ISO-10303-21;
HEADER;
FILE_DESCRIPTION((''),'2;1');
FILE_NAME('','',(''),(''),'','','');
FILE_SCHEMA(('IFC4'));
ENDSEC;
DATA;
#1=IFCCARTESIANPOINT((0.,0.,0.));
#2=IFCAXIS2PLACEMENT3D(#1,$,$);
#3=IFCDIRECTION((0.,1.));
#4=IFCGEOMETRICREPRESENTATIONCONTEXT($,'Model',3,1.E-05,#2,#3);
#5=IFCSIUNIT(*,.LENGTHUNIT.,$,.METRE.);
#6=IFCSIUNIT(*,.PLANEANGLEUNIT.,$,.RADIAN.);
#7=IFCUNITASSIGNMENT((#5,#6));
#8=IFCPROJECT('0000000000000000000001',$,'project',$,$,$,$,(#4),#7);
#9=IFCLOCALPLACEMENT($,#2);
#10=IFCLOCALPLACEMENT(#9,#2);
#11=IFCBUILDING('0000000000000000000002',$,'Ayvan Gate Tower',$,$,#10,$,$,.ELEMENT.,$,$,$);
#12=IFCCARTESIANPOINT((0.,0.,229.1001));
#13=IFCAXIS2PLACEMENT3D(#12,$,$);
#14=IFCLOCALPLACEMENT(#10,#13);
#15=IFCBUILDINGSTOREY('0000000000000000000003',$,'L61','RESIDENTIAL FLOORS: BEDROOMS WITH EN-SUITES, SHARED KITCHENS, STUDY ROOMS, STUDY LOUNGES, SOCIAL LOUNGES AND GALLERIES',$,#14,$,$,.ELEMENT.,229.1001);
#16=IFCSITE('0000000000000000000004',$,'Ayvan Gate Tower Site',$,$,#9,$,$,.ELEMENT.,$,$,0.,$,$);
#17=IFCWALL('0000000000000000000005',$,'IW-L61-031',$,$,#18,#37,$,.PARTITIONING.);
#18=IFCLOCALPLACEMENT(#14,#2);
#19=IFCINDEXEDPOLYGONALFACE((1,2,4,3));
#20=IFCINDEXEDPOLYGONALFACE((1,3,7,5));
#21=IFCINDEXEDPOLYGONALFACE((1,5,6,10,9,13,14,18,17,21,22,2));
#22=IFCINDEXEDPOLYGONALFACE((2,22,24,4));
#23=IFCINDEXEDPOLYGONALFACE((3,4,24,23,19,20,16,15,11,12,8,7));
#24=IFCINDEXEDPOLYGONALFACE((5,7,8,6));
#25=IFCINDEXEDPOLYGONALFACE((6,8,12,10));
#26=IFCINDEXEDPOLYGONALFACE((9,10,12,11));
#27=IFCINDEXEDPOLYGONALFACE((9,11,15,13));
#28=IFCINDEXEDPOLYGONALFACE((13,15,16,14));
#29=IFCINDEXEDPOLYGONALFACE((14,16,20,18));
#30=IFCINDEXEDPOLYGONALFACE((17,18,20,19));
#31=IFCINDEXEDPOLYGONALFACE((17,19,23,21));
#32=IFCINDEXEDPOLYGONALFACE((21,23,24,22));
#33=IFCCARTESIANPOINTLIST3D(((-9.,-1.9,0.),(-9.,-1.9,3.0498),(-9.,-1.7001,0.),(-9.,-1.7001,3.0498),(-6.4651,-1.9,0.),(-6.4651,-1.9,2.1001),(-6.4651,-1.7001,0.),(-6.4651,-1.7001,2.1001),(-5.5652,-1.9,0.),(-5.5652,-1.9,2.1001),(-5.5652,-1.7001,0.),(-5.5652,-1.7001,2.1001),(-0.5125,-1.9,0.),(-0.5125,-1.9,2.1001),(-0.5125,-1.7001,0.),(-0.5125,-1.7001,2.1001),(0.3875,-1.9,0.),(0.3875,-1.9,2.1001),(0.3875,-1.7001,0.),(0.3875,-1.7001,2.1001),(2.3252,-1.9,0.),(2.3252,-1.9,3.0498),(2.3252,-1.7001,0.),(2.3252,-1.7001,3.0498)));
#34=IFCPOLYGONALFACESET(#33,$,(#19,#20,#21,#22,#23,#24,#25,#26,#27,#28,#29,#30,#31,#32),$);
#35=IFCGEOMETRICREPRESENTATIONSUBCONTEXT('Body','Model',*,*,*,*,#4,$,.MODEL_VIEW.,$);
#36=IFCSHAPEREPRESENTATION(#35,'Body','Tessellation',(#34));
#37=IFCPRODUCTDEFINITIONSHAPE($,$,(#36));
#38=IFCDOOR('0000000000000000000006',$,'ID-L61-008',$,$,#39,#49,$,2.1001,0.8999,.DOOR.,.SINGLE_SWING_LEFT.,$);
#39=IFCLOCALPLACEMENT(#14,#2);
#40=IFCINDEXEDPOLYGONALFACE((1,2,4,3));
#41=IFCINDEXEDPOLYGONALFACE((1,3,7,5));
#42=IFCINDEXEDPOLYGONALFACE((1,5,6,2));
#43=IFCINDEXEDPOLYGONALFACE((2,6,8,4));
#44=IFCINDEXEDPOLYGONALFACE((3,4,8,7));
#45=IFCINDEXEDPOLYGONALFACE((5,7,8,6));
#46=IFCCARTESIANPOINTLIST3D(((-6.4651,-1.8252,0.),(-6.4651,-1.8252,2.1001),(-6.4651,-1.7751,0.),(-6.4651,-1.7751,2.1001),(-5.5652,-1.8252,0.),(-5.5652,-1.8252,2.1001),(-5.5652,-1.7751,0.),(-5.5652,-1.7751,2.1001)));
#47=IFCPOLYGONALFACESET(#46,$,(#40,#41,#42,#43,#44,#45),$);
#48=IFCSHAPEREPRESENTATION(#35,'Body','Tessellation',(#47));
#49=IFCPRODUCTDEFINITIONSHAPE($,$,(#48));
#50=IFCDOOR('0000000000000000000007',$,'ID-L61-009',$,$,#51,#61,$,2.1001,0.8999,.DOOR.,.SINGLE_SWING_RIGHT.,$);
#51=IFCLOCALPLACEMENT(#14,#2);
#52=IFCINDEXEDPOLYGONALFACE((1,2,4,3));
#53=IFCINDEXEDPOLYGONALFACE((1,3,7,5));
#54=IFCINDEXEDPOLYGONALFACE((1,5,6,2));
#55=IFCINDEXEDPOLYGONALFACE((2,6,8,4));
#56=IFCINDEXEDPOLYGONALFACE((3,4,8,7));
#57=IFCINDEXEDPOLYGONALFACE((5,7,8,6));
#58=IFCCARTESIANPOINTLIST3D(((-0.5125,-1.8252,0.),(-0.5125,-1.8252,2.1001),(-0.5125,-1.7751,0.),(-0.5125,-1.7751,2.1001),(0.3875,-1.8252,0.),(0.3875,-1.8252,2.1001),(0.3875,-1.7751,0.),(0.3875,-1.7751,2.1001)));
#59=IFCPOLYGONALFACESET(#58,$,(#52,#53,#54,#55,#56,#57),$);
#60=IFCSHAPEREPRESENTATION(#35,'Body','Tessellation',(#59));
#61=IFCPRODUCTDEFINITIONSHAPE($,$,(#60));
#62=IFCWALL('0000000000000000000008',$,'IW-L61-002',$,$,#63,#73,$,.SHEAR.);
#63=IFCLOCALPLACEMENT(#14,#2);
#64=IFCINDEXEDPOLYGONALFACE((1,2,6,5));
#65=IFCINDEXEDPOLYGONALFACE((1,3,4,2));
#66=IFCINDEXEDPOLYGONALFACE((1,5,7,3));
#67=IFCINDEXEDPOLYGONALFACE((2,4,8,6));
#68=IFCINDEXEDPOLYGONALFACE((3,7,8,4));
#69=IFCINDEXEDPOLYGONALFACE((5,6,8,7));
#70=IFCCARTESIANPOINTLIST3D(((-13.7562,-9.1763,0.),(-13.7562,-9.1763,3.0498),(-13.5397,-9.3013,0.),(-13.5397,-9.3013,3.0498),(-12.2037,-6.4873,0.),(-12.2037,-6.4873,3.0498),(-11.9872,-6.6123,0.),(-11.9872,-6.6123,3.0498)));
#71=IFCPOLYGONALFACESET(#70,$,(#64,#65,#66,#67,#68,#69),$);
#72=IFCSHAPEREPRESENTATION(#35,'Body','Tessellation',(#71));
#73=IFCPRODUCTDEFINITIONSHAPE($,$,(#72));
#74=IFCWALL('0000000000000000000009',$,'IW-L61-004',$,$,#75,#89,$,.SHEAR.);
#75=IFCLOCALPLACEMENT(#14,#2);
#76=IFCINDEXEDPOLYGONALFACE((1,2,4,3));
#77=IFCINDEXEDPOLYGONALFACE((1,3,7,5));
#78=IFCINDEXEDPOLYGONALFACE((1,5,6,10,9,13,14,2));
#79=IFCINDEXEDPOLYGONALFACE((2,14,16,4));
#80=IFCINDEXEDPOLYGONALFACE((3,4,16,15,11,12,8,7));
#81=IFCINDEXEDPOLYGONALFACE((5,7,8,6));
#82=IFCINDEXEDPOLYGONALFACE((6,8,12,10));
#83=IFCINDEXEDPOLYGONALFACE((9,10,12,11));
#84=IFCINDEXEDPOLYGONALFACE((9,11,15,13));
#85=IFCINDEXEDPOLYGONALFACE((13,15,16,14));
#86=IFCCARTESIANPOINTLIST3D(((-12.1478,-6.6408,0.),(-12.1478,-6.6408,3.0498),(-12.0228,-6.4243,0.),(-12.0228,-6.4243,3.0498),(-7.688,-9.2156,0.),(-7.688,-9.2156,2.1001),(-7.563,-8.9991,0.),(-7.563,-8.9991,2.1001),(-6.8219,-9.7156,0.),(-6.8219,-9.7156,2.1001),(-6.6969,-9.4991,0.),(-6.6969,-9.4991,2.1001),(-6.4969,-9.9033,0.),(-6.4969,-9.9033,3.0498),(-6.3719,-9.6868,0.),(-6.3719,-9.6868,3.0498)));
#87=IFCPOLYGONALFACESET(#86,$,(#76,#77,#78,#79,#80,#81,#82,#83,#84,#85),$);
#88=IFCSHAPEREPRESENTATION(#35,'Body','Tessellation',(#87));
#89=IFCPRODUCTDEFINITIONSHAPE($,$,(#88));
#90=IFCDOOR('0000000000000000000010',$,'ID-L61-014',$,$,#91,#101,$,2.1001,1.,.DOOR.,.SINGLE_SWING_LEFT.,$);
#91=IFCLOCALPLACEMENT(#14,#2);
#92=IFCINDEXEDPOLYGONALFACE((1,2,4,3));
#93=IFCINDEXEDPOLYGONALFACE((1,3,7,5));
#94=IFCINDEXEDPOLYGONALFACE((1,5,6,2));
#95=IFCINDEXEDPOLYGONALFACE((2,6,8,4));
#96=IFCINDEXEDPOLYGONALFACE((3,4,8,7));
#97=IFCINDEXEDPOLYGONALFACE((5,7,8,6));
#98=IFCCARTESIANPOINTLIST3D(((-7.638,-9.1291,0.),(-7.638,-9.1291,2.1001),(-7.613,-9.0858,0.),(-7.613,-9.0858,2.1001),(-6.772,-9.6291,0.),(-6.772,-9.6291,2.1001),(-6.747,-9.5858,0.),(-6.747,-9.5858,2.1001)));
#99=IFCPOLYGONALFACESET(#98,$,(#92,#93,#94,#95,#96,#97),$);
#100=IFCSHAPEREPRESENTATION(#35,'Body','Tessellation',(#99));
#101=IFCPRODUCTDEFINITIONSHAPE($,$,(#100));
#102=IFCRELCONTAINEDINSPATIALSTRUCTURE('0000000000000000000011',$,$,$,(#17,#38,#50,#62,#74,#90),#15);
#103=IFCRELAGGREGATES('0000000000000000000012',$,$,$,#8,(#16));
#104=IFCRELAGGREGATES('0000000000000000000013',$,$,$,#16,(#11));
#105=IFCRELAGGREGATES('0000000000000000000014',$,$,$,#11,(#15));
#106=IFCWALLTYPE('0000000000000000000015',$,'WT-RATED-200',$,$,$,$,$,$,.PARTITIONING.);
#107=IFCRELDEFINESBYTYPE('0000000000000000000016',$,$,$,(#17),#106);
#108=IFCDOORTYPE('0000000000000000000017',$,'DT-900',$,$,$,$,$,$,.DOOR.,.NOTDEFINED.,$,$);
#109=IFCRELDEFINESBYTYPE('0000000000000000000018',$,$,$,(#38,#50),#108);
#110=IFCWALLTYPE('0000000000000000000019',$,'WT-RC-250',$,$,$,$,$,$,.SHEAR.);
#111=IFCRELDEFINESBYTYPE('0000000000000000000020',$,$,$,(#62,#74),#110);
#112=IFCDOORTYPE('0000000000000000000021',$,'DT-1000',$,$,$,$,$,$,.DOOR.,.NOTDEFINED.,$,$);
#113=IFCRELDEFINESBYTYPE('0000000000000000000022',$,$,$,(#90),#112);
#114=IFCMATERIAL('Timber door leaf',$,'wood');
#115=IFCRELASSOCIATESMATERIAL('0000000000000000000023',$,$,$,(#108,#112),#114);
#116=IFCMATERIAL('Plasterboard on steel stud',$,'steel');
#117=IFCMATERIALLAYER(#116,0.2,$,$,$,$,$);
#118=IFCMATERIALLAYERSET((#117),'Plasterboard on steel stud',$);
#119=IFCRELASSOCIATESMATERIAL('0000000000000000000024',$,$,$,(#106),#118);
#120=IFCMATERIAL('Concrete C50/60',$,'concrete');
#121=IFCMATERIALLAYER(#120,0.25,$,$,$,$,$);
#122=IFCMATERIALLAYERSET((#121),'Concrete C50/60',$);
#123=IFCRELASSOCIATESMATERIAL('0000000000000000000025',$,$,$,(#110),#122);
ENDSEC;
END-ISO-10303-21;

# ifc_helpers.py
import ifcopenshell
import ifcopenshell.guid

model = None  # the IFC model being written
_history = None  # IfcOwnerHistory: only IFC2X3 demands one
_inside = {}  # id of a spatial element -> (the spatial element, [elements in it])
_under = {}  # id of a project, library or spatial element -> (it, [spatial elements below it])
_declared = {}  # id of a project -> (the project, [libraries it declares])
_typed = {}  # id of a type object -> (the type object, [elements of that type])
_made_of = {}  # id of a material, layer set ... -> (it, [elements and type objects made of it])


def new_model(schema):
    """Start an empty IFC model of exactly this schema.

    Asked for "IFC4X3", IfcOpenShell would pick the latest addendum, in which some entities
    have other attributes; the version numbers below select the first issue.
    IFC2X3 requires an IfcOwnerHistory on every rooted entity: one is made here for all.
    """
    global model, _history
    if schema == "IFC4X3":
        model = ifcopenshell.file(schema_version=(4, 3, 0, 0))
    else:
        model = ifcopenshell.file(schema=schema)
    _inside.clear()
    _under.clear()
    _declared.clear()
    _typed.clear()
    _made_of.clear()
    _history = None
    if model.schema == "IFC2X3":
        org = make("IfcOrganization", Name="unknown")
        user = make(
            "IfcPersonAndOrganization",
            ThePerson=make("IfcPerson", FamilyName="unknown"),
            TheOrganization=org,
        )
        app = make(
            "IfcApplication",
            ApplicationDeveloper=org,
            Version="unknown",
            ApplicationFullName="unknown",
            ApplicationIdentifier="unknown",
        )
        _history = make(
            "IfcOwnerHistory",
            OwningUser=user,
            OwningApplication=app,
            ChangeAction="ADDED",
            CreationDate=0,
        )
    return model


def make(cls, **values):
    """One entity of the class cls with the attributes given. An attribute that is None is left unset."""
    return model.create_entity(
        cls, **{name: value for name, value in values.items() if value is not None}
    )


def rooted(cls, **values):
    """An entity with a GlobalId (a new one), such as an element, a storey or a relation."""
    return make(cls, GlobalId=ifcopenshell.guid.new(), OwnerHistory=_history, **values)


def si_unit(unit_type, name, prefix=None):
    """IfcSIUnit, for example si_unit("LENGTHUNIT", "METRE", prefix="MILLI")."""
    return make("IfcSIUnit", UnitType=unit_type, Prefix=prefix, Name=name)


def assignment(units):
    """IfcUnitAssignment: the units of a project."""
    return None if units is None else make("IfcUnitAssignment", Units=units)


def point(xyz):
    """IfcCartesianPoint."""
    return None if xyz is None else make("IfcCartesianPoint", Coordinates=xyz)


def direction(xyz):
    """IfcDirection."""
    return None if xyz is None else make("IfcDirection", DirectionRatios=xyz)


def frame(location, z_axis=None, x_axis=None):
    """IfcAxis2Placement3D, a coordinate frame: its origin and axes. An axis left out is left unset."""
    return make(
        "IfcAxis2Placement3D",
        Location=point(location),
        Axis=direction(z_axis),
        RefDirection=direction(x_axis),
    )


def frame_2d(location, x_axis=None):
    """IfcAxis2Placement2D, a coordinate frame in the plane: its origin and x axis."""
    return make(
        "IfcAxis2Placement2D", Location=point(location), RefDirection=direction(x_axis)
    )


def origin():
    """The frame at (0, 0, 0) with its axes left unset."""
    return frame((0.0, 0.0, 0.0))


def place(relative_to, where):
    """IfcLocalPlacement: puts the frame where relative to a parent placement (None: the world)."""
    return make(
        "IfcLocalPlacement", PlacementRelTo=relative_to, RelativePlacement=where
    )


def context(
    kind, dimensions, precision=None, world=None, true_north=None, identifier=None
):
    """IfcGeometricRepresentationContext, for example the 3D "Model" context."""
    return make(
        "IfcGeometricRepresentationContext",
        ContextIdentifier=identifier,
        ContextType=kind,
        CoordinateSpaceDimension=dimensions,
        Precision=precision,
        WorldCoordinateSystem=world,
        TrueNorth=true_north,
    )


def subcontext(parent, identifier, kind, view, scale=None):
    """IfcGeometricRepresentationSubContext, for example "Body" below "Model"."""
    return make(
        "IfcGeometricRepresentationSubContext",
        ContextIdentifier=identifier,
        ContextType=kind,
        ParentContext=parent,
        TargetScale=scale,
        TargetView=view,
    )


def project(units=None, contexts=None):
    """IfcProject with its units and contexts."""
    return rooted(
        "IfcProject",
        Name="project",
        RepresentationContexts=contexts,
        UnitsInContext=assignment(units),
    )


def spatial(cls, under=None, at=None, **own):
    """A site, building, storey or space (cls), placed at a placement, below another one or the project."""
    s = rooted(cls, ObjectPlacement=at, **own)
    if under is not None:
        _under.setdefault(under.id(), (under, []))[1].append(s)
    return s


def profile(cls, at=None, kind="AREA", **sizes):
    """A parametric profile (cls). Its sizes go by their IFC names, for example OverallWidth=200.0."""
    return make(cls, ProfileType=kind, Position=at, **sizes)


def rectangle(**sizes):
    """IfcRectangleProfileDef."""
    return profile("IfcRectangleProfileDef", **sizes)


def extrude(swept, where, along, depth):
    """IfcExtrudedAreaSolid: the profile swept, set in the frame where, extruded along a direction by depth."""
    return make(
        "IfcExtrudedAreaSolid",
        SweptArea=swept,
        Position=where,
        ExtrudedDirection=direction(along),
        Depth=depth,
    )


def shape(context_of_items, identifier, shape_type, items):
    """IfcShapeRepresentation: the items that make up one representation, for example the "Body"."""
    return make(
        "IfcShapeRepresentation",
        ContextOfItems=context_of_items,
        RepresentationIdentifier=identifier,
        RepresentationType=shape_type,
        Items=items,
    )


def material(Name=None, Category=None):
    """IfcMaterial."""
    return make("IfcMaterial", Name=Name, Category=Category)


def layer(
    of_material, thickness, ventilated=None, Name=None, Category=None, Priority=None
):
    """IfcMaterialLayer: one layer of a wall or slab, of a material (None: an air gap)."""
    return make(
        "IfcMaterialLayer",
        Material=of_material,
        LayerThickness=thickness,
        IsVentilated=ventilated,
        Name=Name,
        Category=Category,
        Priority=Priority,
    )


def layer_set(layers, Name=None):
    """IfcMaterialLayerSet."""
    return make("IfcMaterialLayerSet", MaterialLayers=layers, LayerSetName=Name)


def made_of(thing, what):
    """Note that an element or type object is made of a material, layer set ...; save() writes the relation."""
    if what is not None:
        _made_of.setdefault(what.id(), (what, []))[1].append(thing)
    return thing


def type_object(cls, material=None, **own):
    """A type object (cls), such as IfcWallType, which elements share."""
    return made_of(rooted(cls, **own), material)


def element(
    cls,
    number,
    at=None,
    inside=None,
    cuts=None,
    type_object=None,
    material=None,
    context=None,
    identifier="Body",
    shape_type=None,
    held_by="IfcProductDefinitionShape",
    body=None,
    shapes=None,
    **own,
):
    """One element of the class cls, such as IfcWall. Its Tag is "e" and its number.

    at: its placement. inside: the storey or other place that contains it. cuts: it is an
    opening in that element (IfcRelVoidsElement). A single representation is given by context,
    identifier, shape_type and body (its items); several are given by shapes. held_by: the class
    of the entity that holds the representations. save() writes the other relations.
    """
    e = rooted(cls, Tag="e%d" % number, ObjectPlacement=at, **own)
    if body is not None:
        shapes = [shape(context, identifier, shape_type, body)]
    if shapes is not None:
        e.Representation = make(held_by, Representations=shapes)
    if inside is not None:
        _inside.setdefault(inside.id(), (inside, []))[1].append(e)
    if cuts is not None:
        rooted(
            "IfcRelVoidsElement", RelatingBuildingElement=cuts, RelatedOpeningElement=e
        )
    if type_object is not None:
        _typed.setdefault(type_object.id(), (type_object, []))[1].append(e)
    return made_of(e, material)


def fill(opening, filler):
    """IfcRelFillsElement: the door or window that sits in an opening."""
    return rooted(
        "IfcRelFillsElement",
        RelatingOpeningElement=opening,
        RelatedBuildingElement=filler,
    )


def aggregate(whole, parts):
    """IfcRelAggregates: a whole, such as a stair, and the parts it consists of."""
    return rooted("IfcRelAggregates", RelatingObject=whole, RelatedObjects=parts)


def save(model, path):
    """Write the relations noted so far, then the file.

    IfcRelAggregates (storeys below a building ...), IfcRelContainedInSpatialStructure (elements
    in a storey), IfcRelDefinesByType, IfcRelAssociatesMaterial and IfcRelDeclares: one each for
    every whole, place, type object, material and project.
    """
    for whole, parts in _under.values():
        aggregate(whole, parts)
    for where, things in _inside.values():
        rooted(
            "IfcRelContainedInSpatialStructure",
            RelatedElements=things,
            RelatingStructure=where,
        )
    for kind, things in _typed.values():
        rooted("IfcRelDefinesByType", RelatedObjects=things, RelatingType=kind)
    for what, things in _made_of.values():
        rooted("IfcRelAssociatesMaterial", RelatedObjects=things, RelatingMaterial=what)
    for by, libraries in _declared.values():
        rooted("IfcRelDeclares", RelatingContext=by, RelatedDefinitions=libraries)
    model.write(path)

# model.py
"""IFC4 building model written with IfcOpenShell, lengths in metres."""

from ifc_helpers import new_model, si_unit, direction, frame, frame_2d, origin, place, context, subcontext, project, spatial, rectangle, extrude, material, layer, layer_set, type_object, element, fill, save


model = new_model("IFC4")

# Units and contexts
model_context = context("Model", 3, precision=1e-05, world=origin(), true_north=direction((0.0, 1.0)))
body_context = subcontext(model_context, "Body", "Model", "MODEL_VIEW")
ifc_project = project(units=[si_unit("LENGTHUNIT", "METRE"), si_unit("PLANEANGLEUNIT", "RADIAN")], contexts=[model_context])

# Site, building, storey
site_placement = place(None, origin())
site = spatial("IfcSite", under=ifc_project, at=site_placement, Name="Ayvan Gate Tower Site", CompositionType="ELEMENT", RefElevation=0.0)
building_placement = place(site_placement, origin())
building = spatial("IfcBuilding", under=site, at=building_placement, Name="Ayvan Gate Tower", CompositionType="ELEMENT")
storey_placement = place(building_placement, frame((0.0, 0.0, 229.1001)))
storey = spatial("IfcBuildingStorey", under=building, at=storey_placement, Name="L61", Description="RESIDENTIAL FLOORS: BEDROOMS WITH EN-SUITES, SHARED KITCHENS, STUDY ROOMS, STUDY LOUNGES, SOCIAL LOUNGES AND GALLERIES", CompositionType="ELEMENT", Elevation=229.1001)

# Shared definitions
ifc_material_1 = material(Name="Timber door leaf", Category="wood")
door_type_1 = type_object("IfcDoorType", Name="DT-900", OperationType="NOTDEFINED", PredefinedType="DOOR", material=ifc_material_1)
ifc_material_2 = material(Name="Plasterboard on steel stud", Category="steel")
door_type_2 = type_object("IfcDoorType", Name="DT-1000", OperationType="NOTDEFINED", PredefinedType="DOOR", material=ifc_material_1)

# Shared definitions
ifc_layer_1 = layer(ifc_material_2, 0.2)
ifc_layer_set_1 = layer_set([ifc_layer_1], Name="Plasterboard on steel stud")
wall_type_1 = type_object("IfcWallType", Name="WT-RATED-200", PredefinedType="PARTITIONING", material=ifc_layer_set_1)

# Wall, openings, doors
wall_1_placement = place(storey_placement, frame((-9.0, -1.8, 0.0), z_axis=(0.0, 0.0, 1.0), x_axis=(1.0, 0.0, 0.0)))
wall_1 = element("IfcWall", 1, at=wall_1_placement, inside=storey, type_object=wall_type_1, Name="IW-L61-031", PredefinedType="PARTITIONING", context=body_context, shape_type="SweptSolid", body=[
    extrude(rectangle(XDim=11.3252, YDim=0.2, at=frame_2d((5.6626, 0.0))), origin(), (0.0, 0.0, 1.0), 3.0498),
])
opening_1_placement = place(wall_1_placement, frame((2.5349, 0.0, 0.0)))
opening_1 = element("IfcOpeningElement", 2, at=opening_1_placement, cuts=wall_1, PredefinedType="OPENING", context=body_context, shape_type="SweptSolid", body=[
    extrude(rectangle(XDim=0.8999, YDim=2.1001, at=frame_2d((0.45, 1.05))), frame((0.0, 0.1099, 0.0), z_axis=(0.0, -1.0, 0.0), x_axis=(1.0, 0.0, 0.0)), (0.0, 0.0, 1.0), 0.22),
])
opening_2_placement = place(wall_1_placement, frame((8.4875, 0.0, 0.0)))
opening_2 = element("IfcOpeningElement", 3, at=opening_2_placement, cuts=wall_1, PredefinedType="OPENING", context=body_context, shape_type="SweptSolid", body=[
    extrude(rectangle(XDim=0.8999, YDim=2.1001, at=frame_2d((0.45, 1.05))), frame((0.0, 0.1099, 0.0), z_axis=(0.0, -1.0, 0.0), x_axis=(1.0, 0.0, 0.0)), (0.0, 0.0, 1.0), 0.22),
])
door_1_placement = place(opening_1_placement, origin())
door_1 = element("IfcDoor", 4, at=door_1_placement, inside=storey, type_object=door_type_1, Name="ID-L61-008", OperationType="SINGLE_SWING_LEFT", OverallHeight=2.1001, OverallWidth=0.8999, PredefinedType="DOOR", context=body_context, shape_type="SweptSolid", body=[
    extrude(rectangle(XDim=0.8999, YDim=2.1001, at=frame_2d((0.45, 1.05))), frame((0.0, 0.0249, 0.0), z_axis=(0.0, -1.0, 0.0), x_axis=(1.0, 0.0, 0.0)), (0.0, 0.0, 1.0), 0.05),
])
fill(opening_1, door_1)
door_2_placement = place(opening_2_placement, origin())
door_2 = element("IfcDoor", 5, at=door_2_placement, inside=storey, type_object=door_type_1, Name="ID-L61-009", OperationType="SINGLE_SWING_RIGHT", OverallHeight=2.1001, OverallWidth=0.8999, PredefinedType="DOOR", context=body_context, shape_type="SweptSolid", body=[
    extrude(rectangle(XDim=0.8999, YDim=2.1001, at=frame_2d((0.45, 1.05))), frame((0.0, 0.0249, 0.0), z_axis=(0.0, -1.0, 0.0), x_axis=(1.0, 0.0, 0.0)), (0.0, 0.0, 1.0), 0.05),
])
fill(opening_2, door_2)

# Wall
ifc_material_3 = material(Name="Concrete C50/60", Category="concrete")
ifc_layer_2 = layer(ifc_material_3, 0.25)
ifc_layer_set_2 = layer_set([ifc_layer_2], Name="Concrete C50/60")
wall_type_2 = type_object("IfcWallType", Name="WT-RC-250", PredefinedType="SHEAR", material=ifc_layer_set_2)
wall_2_placement = place(storey_placement, frame((-13.6479, -9.2388, 0.0), z_axis=(0.0, 0.0, 1.0), x_axis=(0.500004, 0.866023, 0.0)))
element("IfcWall", 6, at=wall_2_placement, inside=storey, type_object=wall_type_2, Name="IW-L61-002", PredefinedType="SHEAR", context=body_context, shape_type="SweptSolid", body=[
    extrude(rectangle(XDim=3.105, YDim=0.25, at=frame_2d((1.5525, 0.0))), origin(), (0.0, 0.0, 1.0), 3.0498),
])

# Wall, opening, door
wall_3_placement = place(storey_placement, frame((-12.0854, -6.5325, 0.0), z_axis=(0.0, 0.0, 1.0), x_axis=(0.866031, -0.49999, 0.0)))
wall_3 = element("IfcWall", 7, at=wall_3_placement, inside=storey, type_object=wall_type_2, Name="IW-L61-004", PredefinedType="SHEAR", context=body_context, shape_type="SweptSolid", body=[
    extrude(rectangle(XDim=6.5251, YDim=0.25, at=frame_2d((3.2627, 0.0))), origin(), (0.0, 0.0, 1.0), 3.0498),
])
opening_3_placement = place(wall_3_placement, frame((5.1499, 0.0, 0.0)))
opening_3 = element("IfcOpeningElement", 8, at=opening_3_placement, cuts=wall_3, PredefinedType="OPENING", context=body_context, shape_type="SweptSolid", body=[
    extrude(rectangle(XDim=1.0, YDim=2.1001, at=frame_2d((0.5, 1.05))), frame((0.0, 0.135, 0.0), z_axis=(0.0, -1.0, 0.0), x_axis=(1.0, 0.0, 0.0)), (0.0, 0.0, 1.0), 0.27),
])
door_3_placement = place(opening_3_placement, origin())
door_3 = element("IfcDoor", 9, at=door_3_placement, inside=storey, type_object=door_type_2, Name="ID-L61-014", OperationType="SINGLE_SWING_LEFT", OverallHeight=2.1001, OverallWidth=1.0, PredefinedType="DOOR", context=body_context, shape_type="SweptSolid", body=[
    extrude(rectangle(XDim=1.0, YDim=2.1001, at=frame_2d((0.5, 1.05))), frame((0.0, 0.0249, 0.0), z_axis=(0.0, -1.0, 0.0), x_axis=(1.0, 0.0, 0.0)), (0.0, 0.0, 1.0), 0.05),
])
fill(opening_3, door_3)

save(model, "model.ifc")
